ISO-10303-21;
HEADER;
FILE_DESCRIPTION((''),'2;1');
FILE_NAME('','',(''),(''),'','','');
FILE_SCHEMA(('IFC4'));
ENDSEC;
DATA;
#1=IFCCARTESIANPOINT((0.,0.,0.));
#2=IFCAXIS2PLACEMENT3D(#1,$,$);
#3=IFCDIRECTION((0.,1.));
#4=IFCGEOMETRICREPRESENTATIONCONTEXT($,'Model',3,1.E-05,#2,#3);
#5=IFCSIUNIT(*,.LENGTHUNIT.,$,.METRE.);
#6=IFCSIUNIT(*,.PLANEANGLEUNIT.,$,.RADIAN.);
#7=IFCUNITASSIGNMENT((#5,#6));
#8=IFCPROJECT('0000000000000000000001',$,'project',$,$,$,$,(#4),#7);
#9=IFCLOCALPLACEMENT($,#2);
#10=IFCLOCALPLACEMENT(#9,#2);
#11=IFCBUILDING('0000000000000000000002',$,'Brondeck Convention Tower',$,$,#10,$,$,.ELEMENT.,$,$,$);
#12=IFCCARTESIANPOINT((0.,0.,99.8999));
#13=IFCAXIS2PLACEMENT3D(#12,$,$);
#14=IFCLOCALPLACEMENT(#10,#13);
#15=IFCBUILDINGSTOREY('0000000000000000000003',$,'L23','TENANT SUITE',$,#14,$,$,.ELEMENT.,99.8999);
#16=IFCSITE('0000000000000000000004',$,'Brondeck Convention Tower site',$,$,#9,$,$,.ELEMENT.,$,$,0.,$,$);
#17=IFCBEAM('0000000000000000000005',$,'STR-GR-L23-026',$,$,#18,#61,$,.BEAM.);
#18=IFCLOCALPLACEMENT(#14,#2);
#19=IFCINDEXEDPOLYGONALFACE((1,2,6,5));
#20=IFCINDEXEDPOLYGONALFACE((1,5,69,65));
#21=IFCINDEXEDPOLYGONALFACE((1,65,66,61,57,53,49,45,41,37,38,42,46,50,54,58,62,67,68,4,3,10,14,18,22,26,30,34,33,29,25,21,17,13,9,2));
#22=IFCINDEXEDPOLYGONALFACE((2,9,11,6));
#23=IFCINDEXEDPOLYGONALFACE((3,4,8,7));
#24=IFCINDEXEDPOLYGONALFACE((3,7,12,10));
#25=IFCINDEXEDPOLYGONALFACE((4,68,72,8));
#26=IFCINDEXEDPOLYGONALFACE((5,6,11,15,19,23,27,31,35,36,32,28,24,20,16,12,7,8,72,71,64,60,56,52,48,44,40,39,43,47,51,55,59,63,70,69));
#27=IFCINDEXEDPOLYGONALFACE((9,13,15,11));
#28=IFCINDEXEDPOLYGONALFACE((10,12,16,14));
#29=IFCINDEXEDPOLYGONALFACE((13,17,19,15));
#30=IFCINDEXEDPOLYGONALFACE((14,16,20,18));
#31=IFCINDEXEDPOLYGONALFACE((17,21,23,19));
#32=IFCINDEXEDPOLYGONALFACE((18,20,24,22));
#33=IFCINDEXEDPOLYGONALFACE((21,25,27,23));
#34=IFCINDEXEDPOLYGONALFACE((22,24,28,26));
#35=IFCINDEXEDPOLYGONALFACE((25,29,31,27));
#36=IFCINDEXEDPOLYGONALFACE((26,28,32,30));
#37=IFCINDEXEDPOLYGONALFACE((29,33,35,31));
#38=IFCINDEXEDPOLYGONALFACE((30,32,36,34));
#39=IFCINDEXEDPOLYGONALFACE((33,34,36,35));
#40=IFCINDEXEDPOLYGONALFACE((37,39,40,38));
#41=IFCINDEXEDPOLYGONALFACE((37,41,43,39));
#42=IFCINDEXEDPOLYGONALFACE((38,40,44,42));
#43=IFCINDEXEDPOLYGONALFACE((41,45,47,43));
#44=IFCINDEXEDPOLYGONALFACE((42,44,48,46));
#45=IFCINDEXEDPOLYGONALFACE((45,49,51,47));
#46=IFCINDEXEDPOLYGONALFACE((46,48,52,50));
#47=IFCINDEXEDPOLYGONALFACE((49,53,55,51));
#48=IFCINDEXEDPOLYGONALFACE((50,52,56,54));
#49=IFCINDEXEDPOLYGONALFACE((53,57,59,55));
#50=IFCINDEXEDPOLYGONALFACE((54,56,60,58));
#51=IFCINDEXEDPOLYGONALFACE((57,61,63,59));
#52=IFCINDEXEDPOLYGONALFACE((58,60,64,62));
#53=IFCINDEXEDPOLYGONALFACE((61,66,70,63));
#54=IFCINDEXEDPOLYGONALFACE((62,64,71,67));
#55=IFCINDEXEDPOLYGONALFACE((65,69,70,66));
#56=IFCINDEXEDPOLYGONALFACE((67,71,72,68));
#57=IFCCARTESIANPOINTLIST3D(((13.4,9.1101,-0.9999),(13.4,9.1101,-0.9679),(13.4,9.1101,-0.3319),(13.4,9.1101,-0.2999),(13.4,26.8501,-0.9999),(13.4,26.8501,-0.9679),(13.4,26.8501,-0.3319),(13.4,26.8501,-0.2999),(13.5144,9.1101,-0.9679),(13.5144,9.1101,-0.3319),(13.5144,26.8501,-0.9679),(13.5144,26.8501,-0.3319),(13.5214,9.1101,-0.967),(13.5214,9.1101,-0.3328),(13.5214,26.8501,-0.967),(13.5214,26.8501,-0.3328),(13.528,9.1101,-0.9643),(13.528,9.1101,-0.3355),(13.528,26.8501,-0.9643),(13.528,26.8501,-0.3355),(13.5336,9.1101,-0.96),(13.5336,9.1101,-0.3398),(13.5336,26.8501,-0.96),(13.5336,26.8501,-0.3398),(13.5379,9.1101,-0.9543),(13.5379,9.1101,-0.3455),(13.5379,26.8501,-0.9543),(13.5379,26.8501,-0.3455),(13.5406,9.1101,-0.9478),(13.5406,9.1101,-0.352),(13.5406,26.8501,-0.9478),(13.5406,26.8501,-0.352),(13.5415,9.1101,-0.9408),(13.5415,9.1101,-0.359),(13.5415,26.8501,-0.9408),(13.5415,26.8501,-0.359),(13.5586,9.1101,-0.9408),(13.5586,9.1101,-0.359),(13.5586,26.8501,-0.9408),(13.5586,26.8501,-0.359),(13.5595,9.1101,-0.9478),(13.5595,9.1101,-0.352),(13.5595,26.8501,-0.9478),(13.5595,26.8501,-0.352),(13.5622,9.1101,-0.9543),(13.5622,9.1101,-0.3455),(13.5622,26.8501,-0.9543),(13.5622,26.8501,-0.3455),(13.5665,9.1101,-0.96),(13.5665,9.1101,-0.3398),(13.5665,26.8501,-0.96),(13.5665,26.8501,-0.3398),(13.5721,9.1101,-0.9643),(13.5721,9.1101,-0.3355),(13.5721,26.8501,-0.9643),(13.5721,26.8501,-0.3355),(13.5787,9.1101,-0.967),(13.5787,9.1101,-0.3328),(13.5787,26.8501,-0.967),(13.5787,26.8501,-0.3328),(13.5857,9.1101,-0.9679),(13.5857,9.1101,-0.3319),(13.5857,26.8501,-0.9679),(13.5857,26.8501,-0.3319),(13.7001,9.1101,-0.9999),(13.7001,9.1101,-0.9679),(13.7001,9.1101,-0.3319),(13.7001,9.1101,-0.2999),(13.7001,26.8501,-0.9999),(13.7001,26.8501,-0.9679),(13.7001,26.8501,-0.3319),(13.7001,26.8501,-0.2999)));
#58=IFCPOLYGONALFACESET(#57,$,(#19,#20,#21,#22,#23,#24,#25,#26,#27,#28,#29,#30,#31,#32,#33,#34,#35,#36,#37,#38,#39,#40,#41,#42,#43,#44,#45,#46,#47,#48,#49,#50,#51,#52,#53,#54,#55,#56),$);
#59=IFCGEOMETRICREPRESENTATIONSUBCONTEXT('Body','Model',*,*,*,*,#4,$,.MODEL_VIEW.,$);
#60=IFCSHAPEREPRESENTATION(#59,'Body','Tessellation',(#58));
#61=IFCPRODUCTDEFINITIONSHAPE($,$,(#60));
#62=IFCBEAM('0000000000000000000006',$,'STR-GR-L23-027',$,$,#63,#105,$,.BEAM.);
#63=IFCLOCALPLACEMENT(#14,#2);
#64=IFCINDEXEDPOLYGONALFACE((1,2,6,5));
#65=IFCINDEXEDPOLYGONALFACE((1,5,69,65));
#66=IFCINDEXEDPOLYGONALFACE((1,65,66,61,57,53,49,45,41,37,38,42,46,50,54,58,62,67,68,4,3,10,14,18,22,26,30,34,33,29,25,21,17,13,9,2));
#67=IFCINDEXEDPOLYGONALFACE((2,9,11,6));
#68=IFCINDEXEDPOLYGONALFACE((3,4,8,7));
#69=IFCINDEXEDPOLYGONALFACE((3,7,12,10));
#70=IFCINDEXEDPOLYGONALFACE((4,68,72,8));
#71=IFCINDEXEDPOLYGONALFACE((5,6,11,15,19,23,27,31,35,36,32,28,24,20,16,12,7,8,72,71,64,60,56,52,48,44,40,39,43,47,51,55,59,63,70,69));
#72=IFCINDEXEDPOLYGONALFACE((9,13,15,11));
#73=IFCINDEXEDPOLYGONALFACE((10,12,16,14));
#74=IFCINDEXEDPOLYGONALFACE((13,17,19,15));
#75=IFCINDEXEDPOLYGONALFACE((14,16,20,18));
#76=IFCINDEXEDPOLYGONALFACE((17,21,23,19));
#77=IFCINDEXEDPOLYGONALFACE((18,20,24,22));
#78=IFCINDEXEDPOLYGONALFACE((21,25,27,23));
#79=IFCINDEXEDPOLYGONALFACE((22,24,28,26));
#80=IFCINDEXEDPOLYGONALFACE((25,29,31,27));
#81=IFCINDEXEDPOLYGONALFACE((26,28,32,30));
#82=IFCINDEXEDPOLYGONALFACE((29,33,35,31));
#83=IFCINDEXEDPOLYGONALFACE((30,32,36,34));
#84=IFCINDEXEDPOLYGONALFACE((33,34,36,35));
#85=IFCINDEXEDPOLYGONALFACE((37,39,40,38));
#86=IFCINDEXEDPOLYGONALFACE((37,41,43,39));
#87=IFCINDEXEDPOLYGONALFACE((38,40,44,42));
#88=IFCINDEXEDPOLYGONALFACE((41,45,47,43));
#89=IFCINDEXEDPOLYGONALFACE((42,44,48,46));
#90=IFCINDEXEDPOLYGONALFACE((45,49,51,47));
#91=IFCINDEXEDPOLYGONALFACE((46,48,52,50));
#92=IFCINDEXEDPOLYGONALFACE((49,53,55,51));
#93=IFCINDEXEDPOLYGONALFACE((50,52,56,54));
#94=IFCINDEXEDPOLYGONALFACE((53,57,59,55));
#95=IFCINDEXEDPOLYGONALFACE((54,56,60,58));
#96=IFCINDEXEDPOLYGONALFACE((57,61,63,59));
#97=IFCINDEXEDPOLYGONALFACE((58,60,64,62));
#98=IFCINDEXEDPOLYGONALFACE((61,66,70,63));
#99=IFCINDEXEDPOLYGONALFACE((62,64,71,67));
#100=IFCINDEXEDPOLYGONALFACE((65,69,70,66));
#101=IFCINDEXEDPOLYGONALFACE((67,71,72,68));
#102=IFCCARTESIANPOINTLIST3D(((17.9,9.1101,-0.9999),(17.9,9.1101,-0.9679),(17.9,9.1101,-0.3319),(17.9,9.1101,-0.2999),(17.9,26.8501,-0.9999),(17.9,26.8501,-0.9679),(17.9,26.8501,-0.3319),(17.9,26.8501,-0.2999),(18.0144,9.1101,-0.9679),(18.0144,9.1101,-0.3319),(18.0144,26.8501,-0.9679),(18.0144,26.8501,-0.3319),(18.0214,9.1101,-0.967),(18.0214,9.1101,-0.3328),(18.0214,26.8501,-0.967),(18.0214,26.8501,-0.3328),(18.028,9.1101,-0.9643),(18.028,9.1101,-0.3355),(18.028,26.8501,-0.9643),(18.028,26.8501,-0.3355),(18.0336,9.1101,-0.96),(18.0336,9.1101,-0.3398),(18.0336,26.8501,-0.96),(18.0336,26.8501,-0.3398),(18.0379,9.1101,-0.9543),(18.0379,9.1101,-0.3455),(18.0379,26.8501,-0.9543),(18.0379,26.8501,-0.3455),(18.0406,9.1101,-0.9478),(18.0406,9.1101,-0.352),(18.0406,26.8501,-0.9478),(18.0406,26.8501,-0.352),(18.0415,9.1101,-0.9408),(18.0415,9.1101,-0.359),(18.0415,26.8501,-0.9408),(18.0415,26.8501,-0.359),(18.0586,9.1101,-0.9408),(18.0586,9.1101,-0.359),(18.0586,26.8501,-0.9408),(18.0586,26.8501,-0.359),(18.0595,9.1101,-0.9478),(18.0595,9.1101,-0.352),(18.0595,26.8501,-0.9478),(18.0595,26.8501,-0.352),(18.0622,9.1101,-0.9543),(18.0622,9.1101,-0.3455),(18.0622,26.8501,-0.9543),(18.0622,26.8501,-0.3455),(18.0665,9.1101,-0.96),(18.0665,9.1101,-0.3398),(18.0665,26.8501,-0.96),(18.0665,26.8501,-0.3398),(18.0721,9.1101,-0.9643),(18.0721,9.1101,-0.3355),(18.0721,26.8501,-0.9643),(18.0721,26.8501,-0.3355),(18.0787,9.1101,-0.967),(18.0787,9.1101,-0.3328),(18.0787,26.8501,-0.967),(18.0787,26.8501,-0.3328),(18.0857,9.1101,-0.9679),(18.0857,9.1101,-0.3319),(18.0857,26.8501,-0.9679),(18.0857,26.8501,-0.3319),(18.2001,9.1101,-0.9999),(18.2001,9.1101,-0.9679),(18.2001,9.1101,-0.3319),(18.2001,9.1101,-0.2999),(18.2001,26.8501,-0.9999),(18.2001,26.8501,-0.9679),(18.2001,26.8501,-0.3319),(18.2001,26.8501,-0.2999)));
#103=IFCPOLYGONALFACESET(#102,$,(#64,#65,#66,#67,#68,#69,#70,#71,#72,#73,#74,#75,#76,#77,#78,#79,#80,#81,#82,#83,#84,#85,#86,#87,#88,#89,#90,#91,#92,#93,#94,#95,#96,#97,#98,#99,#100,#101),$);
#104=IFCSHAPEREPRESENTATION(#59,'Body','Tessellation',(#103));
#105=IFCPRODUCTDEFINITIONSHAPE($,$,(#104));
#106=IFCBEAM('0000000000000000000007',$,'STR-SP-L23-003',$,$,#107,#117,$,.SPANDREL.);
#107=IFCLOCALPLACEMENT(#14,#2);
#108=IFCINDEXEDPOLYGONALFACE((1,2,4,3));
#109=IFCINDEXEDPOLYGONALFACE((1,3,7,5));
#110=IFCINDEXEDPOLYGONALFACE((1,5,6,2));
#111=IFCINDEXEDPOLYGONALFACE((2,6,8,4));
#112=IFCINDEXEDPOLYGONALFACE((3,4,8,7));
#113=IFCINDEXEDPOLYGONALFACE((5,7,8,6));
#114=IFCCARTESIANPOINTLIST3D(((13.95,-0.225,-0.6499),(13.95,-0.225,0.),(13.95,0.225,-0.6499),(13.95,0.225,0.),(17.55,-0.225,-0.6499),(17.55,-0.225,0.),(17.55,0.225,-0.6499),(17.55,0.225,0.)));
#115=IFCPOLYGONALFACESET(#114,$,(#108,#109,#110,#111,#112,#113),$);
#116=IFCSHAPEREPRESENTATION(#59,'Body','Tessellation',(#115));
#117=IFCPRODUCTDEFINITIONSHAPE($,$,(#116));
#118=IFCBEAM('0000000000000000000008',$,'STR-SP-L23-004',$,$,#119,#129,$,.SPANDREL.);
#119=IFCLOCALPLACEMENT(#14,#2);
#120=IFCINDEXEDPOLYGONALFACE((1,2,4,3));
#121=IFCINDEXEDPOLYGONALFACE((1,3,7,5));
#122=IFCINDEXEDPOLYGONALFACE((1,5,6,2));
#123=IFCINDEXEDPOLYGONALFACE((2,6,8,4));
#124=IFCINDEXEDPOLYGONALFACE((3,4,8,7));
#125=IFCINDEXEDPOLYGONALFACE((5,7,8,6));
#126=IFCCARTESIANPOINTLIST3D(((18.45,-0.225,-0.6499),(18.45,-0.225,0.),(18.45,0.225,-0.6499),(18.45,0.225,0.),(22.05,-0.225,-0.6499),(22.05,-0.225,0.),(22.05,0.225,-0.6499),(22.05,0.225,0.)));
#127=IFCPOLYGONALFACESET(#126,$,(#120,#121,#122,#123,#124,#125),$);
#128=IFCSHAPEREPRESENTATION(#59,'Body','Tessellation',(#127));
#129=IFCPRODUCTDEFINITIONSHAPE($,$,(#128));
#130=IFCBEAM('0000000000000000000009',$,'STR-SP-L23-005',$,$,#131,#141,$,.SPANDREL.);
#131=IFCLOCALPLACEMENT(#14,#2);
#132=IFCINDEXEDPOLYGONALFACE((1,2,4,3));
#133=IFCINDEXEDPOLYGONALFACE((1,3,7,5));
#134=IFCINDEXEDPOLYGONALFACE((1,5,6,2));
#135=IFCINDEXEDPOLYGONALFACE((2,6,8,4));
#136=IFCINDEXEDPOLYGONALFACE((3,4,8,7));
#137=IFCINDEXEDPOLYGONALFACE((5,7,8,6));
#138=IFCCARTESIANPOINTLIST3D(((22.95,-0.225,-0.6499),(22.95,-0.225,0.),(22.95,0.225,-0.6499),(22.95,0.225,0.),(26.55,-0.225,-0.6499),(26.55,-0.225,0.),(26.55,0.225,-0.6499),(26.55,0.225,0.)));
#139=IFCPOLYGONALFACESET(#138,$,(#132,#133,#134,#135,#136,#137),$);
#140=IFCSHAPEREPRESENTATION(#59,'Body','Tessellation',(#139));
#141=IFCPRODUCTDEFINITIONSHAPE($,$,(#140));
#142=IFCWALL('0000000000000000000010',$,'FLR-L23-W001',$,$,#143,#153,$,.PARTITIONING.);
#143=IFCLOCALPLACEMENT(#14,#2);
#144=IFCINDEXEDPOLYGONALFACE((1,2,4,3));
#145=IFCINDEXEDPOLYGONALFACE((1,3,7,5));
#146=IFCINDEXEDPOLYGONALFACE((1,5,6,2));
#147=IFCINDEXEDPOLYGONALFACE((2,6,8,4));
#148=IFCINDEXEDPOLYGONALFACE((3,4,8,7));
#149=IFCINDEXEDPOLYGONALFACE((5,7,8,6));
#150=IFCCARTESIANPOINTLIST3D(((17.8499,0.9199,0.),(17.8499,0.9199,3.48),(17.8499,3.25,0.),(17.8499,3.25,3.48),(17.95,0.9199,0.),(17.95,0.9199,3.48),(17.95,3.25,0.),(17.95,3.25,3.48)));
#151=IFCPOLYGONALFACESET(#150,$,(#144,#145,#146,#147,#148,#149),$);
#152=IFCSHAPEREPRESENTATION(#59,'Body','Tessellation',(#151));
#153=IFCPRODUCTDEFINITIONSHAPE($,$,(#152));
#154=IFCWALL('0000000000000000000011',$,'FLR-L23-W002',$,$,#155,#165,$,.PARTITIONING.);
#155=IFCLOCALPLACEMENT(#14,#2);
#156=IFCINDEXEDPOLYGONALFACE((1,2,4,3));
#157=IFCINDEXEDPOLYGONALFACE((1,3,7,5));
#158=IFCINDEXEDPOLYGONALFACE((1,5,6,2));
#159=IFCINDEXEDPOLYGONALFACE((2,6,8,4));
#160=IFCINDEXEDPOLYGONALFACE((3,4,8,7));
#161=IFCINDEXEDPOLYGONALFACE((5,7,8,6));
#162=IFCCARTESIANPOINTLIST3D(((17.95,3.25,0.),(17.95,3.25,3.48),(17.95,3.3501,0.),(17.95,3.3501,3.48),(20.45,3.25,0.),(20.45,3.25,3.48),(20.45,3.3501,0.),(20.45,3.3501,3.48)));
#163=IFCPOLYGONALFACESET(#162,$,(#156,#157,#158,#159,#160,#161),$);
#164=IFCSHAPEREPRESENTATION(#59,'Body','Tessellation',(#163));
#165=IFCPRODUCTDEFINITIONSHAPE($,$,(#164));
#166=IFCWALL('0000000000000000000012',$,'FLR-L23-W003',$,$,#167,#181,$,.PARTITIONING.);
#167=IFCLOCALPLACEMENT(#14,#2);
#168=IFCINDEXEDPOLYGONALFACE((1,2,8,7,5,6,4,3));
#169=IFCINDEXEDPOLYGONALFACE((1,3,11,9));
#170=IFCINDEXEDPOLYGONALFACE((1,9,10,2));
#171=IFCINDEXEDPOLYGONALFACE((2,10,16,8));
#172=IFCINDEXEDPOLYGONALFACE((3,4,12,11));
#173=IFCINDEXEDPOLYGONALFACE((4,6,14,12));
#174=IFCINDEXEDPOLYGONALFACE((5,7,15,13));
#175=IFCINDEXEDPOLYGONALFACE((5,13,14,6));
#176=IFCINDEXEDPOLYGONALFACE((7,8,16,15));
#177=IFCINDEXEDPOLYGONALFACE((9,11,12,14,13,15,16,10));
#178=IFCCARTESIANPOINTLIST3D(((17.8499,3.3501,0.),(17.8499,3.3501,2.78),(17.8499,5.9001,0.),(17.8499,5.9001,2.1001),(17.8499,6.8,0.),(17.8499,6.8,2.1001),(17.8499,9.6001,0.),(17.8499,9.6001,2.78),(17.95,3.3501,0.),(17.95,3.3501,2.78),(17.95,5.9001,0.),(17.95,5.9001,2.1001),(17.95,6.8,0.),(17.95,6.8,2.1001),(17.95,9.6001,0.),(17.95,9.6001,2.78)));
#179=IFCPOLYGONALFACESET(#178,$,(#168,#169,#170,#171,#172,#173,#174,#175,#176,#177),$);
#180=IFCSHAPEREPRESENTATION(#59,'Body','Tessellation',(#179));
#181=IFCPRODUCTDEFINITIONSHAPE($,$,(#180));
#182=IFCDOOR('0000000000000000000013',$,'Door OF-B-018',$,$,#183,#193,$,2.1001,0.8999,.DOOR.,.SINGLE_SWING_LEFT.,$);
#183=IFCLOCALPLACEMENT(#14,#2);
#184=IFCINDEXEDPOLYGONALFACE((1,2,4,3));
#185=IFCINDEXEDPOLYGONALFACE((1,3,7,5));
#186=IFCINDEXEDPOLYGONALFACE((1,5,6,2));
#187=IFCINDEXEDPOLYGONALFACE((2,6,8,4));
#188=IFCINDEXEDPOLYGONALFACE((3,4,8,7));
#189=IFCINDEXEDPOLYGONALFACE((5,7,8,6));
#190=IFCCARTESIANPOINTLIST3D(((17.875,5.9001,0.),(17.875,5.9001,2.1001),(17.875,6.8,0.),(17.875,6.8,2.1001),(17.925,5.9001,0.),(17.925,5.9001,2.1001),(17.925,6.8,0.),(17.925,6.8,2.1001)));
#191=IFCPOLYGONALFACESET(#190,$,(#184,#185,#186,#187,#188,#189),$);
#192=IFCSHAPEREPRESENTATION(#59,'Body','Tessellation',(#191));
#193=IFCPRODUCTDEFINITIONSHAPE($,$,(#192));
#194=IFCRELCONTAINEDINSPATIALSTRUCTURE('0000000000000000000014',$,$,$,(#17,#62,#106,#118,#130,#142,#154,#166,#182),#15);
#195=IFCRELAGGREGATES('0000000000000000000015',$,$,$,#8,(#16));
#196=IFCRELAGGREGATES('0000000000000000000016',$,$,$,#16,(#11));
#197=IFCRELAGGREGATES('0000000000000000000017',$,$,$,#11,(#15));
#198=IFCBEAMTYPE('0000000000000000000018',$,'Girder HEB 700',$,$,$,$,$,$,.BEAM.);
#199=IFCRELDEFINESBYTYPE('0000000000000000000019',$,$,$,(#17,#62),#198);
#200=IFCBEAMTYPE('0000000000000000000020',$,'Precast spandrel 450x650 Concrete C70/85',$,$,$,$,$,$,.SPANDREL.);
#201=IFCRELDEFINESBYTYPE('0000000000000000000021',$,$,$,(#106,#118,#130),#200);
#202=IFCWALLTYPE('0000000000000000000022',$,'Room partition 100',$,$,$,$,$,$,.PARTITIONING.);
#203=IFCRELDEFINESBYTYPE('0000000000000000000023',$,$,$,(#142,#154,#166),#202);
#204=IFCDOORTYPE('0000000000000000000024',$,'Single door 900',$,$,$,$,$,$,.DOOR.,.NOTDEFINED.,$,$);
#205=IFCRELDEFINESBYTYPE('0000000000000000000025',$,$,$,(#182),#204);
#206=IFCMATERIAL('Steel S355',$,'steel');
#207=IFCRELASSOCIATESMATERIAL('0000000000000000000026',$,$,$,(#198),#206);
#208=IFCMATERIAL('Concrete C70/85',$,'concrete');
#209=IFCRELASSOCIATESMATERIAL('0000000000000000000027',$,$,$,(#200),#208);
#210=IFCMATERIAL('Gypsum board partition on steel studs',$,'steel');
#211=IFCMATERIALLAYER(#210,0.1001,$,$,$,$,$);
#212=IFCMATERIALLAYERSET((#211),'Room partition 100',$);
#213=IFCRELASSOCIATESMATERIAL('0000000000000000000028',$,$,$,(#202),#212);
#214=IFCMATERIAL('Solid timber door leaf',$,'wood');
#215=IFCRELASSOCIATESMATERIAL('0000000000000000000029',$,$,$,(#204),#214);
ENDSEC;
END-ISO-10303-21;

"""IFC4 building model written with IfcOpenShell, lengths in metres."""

from ifc_helpers import new_model, si_unit, direction, frame, frame_2d, origin, origin_2d, place, context, subcontext, project, spatial, rectangle, i_section, extrude, material, layer, layer_set, material_profile, profile_set, type_object, element, fill, save


model = new_model("IFC4")

# Units and contexts
model_context = context("Model", 3, precision=1e-05, world=origin(), true_north=direction((0.0, 1.0)))
body_context = subcontext(model_context, "Body", "Model", "MODEL_VIEW")
ifc_project = project(units=[si_unit("LENGTHUNIT", "METRE"), si_unit("PLANEANGLEUNIT", "RADIAN")], contexts=[model_context])

# Site, building, storey
site_placement = place(None, origin())
site = spatial("IfcSite", under=ifc_project, at=site_placement, Name="Brondeck Convention Tower site", CompositionType="ELEMENT", RefElevation=0.0)
building_placement = place(site_placement, origin())
building = spatial("IfcBuilding", under=site, at=building_placement, Name="Brondeck Convention Tower", CompositionType="ELEMENT")
storey_placement = place(building_placement, frame((0.0, 0.0, 99.8999)))
storey = spatial("IfcBuildingStorey", under=building, at=storey_placement, Name="L23", Description="TENANT SUITE", CompositionType="ELEMENT", Elevation=99.8999)

# Shared definitions
ifc_material_1 = material(Name="Concrete C70/85", Category="concrete")

# Beams
ifc_material_2 = material(Name="Steel S355", Category="steel")
ifc_material_profile_1 = material_profile(ifc_material_2, i_section(OverallWidth=0.3, OverallDepth=0.7, WebThickness=0.0171, FlangeThickness=0.032, FilletRadius=0.0271, at=origin_2d()), Name="HEB 700")
ifc_profile_set_1 = profile_set([ifc_material_profile_1], Name="Steel S355")
beam_type_1 = type_object("IfcBeamType", Name="Girder HEB 700", PredefinedType="BEAM", material=ifc_profile_set_1)
for number, where, z_axis, x_axis, name in (
    (1, (13.55, 9.1101, -0.6499), (0.0, 1.0, 0.0), (-1.0, 0.0, 0.0), "STR-GR-L23-026"),
    (2, (18.05, 9.1101, -0.6499), (0.0, 1.0, 0.0), (-1.0, 0.0, 0.0), "STR-GR-L23-027"),
):
    element("IfcBeam", number, at=place(storey_placement, frame(where, z_axis=z_axis, x_axis=x_axis)), inside=storey, type_object=beam_type_1, Name=name, PredefinedType="BEAM", context=body_context, shape_type="SweptSolid", body=[
        extrude(i_section(OverallWidth=0.3, OverallDepth=0.7, WebThickness=0.0171, FlangeThickness=0.032, FilletRadius=0.0271, at=origin_2d()), origin(), (0.0, 0.0, 1.0), 17.74),
    ])
ifc_material_profile_2 = material_profile(ifc_material_1, rectangle(XDim=0.45, YDim=0.6499, at=origin_2d()), Name="Precast spandrel 450x650 Concrete C70/85")
ifc_profile_set_2 = profile_set([ifc_material_profile_2], Name="Concrete C70/85")
beam_type_2 = type_object("IfcBeamType", Name="Precast spandrel 450x650 Concrete C70/85", PredefinedType="SPANDREL", material=ifc_profile_set_2)
for number, where, z_axis, x_axis, name in (
    (3, (13.95, 0.0, -0.325), (1.0, 0.0, 0.0), (0.0, 1.0, 0.0), "STR-SP-L23-003"),
    (4, (18.45, 0.0, -0.325), (1.0, 0.0, 0.0), (0.0, 1.0, 0.0), "STR-SP-L23-004"),
    (5, (22.95, 0.0, -0.325), (1.0, 0.0, 0.0), (0.0, 1.0, 0.0), "STR-SP-L23-005"),
):
    element("IfcBeam", number, at=place(storey_placement, frame(where, z_axis=z_axis, x_axis=x_axis)), inside=storey, type_object=beam_type_2, Name=name, PredefinedType="SPANDREL", context=body_context, shape_type="SweptSolid", body=[
        extrude(rectangle(XDim=0.45, YDim=0.6499, at=origin_2d()), origin(), (0.0, 0.0, 1.0), 3.6001),
    ])

# Walls
ifc_material_3 = material(Name="Gypsum board partition on steel studs", Category="steel")
ifc_layer_1 = layer(ifc_material_3, 0.1001)
ifc_layer_set_1 = layer_set([ifc_layer_1], Name="Room partition 100")
wall_type_1 = type_object("IfcWallType", Name="Room partition 100", PredefinedType="PARTITIONING", material=ifc_layer_set_1)
wall_1_placement = place(storey_placement, frame((17.8999, 0.9199, 0.0), z_axis=(0.0, 0.0, 1.0), x_axis=(0.0, 1.0, 0.0)))
element("IfcWall", 6, at=wall_1_placement, inside=storey, type_object=wall_type_1, Name="FLR-L23-W001", PredefinedType="PARTITIONING", context=body_context, shape_type="SweptSolid", body=[
    extrude(rectangle(XDim=2.3301, YDim=0.1001, at=frame_2d((1.165, 0.0))), origin(), (0.0, 0.0, 1.0), 3.48),
])
wall_2_placement = place(storey_placement, frame((20.45, 3.3, 0.0), z_axis=(0.0, 0.0, 1.0), x_axis=(-1.0, 0.0, 0.0)))
element("IfcWall", 7, at=wall_2_placement, inside=storey, type_object=wall_type_1, Name="FLR-L23-W002", PredefinedType="PARTITIONING", context=body_context, shape_type="SweptSolid", body=[
    extrude(rectangle(XDim=2.5, YDim=0.1001, at=frame_2d((1.25, 0.0))), origin(), (0.0, 0.0, 1.0), 3.48),
])

# Wall, opening, door
wall_3_placement = place(storey_placement, frame((17.8999, 3.3501, 0.0), z_axis=(0.0, 0.0, 1.0), x_axis=(0.0, 1.0, 0.0)))
wall_3 = element("IfcWall", 8, at=wall_3_placement, inside=storey, type_object=wall_type_1, Name="FLR-L23-W003", PredefinedType="PARTITIONING", context=body_context, shape_type="SweptSolid", body=[
    extrude(rectangle(XDim=6.25, YDim=0.1001, at=frame_2d((3.125, 0.0))), origin(), (0.0, 0.0, 1.0), 2.78),
])
opening_1_placement = place(wall_3_placement, frame((2.55, 0.0, 0.0)))
opening_1 = element("IfcOpeningElement", 9, at=opening_1_placement, cuts=wall_3, PredefinedType="OPENING", context=body_context, shape_type="SweptSolid", body=[
    extrude(rectangle(XDim=0.8999, YDim=2.1001, at=frame_2d((0.45, 1.05))), frame((0.0, 0.0601, 0.0), z_axis=(0.0, -1.0, 0.0), x_axis=(1.0, 0.0, 0.0)), (0.0, 0.0, 1.0), 0.1201),
])
ifc_material_4 = material(Name="Solid timber door leaf", Category="wood")
door_type_1 = type_object("IfcDoorType", Name="Single door 900", OperationType="NOTDEFINED", PredefinedType="DOOR", material=ifc_material_4)
door_1_placement = place(opening_1_placement, origin())
door_1 = element("IfcDoor", 10, at=door_1_placement, inside=storey, type_object=door_type_1, Name="Door OF-B-018", OperationType="SINGLE_SWING_LEFT", OverallHeight=2.1001, OverallWidth=0.8999, PredefinedType="DOOR", context=body_context, shape_type="SweptSolid", body=[
    extrude(rectangle(XDim=0.8999, YDim=2.1001, at=frame_2d((0.45, 1.05))), frame((0.0, 0.0249, 0.0), z_axis=(0.0, -1.0, 0.0), x_axis=(1.0, 0.0, 0.0)), (0.0, 0.0, 1.0), 0.05),
])
fill(opening_1, door_1)

save(model, "model.ifc")
